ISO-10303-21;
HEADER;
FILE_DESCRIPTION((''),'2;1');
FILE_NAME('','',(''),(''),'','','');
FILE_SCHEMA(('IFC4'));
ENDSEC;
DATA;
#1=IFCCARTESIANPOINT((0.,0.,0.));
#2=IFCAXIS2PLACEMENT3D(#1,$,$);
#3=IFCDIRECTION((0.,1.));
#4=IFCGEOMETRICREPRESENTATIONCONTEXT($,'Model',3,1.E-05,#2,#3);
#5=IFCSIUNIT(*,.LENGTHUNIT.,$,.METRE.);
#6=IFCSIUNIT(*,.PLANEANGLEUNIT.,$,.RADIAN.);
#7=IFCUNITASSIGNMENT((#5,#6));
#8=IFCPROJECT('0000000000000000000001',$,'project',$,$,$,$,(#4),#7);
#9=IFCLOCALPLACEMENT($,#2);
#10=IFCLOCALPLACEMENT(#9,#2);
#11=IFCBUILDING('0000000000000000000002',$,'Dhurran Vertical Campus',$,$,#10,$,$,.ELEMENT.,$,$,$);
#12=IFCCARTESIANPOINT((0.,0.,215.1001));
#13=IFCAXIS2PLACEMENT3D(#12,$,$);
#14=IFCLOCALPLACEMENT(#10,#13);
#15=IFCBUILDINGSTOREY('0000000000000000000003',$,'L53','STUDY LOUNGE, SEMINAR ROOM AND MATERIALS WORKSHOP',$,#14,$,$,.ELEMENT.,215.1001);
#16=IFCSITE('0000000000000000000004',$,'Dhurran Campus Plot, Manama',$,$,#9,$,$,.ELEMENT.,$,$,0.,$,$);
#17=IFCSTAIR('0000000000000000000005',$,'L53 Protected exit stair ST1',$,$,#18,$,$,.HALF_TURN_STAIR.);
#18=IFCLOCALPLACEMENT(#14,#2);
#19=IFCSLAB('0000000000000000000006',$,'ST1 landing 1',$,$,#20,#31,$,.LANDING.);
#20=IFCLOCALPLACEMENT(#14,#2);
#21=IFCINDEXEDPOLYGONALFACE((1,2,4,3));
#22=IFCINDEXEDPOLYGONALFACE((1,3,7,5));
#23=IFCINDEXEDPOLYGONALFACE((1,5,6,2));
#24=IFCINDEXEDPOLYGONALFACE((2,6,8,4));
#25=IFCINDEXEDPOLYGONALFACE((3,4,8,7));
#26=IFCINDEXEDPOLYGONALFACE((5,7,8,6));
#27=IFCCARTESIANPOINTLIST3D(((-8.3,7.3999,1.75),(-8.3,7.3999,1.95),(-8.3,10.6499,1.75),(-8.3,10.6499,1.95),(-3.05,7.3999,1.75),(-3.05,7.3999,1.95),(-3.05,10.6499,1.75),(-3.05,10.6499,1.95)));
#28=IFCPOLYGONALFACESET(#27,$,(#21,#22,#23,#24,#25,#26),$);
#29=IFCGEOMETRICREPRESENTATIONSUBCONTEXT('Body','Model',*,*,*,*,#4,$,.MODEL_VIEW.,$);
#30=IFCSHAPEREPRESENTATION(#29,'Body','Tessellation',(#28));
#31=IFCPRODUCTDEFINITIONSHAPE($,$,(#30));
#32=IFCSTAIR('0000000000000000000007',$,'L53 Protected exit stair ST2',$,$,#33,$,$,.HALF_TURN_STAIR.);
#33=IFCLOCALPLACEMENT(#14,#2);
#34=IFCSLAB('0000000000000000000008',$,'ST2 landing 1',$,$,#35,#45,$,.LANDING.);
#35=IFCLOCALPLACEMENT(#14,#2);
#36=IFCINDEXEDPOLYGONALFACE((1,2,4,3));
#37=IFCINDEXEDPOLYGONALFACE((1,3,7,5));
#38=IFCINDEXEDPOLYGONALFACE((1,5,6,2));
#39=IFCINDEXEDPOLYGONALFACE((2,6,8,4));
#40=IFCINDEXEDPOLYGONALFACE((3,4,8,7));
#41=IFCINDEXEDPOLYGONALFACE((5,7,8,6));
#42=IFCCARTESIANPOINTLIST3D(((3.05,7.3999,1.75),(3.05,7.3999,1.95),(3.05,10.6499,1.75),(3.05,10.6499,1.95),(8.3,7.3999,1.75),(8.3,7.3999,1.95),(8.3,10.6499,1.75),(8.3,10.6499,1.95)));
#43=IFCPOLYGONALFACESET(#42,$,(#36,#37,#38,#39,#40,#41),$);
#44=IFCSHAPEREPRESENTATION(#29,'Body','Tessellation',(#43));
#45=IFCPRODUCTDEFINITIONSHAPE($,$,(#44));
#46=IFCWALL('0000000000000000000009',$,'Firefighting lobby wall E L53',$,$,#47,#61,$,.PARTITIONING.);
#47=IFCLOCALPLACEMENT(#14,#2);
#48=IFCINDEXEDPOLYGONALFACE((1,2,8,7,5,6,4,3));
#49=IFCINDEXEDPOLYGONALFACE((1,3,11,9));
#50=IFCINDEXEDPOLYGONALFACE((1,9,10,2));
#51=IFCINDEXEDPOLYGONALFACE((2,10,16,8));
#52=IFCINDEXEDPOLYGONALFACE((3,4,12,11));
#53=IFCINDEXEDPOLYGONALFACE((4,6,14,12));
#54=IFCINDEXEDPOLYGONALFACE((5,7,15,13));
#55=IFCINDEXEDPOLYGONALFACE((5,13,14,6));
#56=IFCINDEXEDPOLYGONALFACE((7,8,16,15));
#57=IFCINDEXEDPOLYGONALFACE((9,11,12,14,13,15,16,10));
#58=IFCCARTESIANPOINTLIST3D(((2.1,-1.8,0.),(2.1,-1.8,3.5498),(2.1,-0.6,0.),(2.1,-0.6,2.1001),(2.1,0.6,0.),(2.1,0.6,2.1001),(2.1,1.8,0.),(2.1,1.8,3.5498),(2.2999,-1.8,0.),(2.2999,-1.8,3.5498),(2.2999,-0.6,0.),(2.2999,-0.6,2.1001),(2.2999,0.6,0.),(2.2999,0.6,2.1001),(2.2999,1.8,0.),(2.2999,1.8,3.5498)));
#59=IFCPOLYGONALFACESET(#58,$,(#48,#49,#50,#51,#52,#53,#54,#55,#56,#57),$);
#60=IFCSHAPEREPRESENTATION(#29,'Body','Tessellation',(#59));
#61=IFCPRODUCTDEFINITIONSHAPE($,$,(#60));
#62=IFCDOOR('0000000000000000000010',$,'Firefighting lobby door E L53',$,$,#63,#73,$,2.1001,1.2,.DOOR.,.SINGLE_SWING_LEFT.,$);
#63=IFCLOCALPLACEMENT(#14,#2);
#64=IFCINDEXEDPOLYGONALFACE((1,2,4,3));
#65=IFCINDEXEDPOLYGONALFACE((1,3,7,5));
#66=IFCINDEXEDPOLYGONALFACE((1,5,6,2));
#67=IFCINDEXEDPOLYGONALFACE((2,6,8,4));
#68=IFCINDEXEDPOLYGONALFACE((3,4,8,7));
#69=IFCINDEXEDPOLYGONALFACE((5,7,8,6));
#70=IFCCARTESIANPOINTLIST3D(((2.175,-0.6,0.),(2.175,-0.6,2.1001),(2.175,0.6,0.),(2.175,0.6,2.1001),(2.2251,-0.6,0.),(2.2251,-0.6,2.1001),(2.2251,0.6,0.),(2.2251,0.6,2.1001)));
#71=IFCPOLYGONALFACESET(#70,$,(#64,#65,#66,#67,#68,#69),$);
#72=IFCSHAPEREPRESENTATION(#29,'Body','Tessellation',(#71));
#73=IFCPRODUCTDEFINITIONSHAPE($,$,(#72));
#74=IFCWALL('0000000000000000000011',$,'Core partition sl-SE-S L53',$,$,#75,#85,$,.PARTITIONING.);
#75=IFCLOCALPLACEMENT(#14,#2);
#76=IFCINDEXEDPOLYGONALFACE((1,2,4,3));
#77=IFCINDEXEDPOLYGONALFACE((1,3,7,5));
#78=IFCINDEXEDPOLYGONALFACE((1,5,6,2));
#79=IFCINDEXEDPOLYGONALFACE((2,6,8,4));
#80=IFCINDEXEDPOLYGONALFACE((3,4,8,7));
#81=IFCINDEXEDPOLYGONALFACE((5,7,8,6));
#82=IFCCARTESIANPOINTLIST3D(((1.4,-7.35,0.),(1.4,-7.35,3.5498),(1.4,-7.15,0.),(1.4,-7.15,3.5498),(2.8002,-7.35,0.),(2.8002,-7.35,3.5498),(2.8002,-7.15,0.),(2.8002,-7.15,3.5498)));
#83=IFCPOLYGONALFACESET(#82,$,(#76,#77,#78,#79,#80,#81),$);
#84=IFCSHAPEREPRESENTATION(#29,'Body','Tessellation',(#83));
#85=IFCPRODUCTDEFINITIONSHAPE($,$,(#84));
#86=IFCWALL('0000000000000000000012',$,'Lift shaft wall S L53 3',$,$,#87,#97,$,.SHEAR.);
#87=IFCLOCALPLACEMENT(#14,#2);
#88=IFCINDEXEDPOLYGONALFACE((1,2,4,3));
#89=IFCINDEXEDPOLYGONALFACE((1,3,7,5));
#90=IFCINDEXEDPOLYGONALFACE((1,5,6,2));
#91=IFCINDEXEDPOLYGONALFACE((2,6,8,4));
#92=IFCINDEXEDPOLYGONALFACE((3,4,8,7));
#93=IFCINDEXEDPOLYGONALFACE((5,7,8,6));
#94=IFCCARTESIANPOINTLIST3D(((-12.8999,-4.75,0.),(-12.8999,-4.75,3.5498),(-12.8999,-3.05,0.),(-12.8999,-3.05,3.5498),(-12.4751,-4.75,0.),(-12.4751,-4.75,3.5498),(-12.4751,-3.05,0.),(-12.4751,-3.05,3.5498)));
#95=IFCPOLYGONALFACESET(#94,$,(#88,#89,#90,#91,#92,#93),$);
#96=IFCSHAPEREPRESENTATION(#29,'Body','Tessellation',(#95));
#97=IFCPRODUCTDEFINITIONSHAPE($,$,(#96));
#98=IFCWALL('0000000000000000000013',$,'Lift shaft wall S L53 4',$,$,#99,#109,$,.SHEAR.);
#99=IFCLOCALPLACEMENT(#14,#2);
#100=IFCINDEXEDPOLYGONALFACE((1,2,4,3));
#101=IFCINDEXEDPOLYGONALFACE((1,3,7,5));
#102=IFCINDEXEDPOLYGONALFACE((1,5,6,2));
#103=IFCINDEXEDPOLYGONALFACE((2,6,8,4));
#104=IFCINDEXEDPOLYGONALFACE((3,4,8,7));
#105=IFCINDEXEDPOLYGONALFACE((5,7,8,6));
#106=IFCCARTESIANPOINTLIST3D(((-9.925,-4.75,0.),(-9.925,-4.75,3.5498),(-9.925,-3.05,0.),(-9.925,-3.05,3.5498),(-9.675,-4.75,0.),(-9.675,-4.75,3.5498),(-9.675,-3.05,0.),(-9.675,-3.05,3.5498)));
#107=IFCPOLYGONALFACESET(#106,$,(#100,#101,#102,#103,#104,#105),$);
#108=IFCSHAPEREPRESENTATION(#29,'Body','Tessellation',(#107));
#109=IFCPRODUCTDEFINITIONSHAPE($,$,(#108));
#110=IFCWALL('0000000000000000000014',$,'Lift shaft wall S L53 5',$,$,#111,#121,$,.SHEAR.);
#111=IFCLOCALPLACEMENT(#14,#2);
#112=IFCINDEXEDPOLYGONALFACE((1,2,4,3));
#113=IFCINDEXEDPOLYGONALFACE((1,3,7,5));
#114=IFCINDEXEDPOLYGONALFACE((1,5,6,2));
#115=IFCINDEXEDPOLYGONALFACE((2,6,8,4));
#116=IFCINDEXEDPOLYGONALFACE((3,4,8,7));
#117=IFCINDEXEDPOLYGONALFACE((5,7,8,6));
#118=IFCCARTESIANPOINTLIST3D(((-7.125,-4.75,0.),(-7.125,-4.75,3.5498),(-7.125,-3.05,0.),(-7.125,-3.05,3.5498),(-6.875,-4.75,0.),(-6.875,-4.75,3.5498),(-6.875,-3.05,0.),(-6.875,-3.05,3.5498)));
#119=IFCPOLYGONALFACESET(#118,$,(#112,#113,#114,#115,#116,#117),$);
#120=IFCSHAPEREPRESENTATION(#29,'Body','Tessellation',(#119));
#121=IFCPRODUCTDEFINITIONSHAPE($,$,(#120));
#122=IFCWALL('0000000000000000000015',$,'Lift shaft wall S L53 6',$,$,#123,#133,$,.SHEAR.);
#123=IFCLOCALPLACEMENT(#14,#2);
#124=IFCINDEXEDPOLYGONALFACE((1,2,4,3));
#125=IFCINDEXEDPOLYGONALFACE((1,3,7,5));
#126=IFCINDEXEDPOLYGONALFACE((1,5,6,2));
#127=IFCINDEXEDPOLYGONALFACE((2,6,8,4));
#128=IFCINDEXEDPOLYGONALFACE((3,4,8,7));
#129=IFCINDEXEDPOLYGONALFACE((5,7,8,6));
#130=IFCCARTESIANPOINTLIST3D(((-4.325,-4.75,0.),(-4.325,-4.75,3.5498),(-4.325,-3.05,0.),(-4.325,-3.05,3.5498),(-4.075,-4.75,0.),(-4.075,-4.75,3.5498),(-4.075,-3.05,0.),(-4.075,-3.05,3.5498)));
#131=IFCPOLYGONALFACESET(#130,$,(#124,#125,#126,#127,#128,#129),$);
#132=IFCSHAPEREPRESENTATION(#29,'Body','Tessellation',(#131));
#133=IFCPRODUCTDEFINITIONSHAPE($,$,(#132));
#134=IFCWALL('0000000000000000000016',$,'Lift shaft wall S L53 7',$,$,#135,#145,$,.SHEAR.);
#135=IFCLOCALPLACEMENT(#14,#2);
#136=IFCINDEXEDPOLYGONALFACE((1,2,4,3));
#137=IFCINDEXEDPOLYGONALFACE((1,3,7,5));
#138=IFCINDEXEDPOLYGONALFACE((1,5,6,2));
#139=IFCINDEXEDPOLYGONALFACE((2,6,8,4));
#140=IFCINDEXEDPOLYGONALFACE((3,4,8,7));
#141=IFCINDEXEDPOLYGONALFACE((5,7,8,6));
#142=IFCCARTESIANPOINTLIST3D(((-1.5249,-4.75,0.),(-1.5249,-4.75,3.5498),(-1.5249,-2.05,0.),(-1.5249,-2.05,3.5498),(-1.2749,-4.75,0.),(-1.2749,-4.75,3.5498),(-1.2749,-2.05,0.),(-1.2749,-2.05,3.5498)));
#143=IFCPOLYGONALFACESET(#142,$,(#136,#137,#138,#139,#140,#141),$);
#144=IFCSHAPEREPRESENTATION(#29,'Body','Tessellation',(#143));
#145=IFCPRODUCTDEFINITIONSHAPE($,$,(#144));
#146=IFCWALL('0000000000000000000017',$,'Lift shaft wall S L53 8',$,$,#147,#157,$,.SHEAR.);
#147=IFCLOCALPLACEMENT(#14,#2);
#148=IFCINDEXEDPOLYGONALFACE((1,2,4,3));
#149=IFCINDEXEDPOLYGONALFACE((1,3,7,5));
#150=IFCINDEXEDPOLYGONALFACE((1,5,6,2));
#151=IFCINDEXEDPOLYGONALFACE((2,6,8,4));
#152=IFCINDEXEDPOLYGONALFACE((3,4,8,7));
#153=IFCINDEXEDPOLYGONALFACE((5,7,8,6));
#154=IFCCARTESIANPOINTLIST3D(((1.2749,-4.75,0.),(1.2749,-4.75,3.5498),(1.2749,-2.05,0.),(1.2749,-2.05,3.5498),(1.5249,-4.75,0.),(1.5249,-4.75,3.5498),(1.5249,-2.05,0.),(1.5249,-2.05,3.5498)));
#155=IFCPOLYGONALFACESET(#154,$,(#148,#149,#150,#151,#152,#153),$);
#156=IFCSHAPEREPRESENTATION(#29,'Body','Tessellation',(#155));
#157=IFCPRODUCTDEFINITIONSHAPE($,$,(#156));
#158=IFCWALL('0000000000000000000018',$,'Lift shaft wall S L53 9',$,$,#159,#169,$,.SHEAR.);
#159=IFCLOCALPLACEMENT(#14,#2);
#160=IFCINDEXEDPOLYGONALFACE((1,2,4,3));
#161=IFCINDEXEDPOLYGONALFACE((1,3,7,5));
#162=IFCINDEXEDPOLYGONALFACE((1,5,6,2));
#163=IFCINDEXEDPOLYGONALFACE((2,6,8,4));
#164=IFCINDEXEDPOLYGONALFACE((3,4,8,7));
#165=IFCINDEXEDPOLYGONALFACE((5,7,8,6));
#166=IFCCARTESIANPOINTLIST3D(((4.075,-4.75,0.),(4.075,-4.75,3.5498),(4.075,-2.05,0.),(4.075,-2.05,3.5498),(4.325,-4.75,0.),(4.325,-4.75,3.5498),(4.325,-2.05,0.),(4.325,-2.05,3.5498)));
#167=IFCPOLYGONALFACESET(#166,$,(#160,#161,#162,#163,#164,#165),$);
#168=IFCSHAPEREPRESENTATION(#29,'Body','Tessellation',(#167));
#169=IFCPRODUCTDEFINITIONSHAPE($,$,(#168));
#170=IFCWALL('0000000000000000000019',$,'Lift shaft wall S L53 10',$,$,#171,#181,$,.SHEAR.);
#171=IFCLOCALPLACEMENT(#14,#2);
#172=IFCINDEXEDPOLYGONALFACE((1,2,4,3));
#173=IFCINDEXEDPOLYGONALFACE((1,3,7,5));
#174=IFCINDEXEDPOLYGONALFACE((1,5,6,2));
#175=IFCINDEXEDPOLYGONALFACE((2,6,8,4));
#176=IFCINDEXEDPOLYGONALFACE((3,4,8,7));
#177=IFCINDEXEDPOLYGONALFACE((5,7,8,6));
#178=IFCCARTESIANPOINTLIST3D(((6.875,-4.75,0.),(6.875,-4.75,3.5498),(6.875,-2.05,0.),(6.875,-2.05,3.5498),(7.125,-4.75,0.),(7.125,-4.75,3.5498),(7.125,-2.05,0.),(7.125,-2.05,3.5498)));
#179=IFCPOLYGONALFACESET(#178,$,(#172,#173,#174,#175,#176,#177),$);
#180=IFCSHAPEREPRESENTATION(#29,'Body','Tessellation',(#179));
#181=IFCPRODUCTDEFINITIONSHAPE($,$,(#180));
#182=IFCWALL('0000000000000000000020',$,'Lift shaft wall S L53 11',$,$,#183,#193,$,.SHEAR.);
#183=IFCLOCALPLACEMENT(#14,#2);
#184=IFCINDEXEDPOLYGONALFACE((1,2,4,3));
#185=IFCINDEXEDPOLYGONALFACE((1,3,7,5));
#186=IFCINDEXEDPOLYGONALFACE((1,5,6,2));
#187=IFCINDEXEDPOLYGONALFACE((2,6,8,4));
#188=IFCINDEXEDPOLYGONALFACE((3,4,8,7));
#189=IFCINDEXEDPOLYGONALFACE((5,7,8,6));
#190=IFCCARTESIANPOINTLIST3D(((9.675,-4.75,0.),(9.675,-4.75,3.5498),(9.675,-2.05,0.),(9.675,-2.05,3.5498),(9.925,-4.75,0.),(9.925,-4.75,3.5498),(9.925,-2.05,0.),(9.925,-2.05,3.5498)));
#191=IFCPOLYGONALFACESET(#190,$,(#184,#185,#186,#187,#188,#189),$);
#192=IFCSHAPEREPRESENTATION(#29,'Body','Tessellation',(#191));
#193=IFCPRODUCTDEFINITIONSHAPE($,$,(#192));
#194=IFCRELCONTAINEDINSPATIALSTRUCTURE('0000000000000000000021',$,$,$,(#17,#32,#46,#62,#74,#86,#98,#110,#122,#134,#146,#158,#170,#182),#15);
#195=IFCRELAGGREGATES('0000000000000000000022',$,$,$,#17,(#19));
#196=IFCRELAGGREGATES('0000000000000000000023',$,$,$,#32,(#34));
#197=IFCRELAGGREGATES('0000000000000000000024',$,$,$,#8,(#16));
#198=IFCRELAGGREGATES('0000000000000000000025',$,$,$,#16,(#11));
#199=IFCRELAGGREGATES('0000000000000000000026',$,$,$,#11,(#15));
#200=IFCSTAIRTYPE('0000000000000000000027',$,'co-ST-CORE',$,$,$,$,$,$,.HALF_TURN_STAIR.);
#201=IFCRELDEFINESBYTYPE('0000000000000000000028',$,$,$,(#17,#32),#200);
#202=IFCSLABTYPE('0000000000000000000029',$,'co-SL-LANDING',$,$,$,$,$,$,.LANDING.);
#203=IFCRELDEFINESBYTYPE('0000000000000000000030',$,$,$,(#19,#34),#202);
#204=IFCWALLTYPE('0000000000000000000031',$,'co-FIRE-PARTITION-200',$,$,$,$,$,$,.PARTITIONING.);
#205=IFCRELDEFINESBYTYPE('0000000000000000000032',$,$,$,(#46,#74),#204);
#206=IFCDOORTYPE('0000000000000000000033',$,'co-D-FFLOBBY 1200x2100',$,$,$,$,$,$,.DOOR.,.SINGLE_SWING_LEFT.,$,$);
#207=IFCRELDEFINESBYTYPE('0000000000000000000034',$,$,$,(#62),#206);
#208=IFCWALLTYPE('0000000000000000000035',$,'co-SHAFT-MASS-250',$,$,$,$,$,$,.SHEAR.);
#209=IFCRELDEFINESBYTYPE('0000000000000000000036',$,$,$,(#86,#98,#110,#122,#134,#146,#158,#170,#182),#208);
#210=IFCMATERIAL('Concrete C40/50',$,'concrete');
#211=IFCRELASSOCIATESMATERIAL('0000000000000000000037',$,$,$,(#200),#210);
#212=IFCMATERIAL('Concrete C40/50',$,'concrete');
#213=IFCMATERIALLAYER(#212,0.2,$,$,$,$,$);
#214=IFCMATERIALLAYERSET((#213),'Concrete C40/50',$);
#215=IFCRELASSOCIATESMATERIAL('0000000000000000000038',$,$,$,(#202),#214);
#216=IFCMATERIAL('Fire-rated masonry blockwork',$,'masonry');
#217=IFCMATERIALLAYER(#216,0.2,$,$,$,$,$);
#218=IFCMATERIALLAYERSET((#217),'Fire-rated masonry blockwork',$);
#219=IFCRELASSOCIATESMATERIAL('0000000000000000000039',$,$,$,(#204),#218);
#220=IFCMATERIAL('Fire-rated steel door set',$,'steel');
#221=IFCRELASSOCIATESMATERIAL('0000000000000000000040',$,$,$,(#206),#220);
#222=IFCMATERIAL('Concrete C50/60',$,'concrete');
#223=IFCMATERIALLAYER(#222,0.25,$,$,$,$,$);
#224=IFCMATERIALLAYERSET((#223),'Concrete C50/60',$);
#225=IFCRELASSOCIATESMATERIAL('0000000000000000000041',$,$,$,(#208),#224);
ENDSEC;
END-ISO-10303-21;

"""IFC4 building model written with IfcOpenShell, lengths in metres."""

from ifc_helpers import new_model, si_unit, direction, frame, frame_2d, origin, place, context, subcontext, project, spatial, polyline, rectangle, outline, extrude, material, layer, layer_set, type_object, element, fill, aggregate, save


model = new_model("IFC4")

# Units and contexts
model_context = context("Model", 3, precision=1e-05, world=origin(), true_north=direction((0.0, 1.0)))
body_context = subcontext(model_context, "Body", "Model", "MODEL_VIEW")
ifc_project = project(units=[si_unit("LENGTHUNIT", "METRE"), si_unit("PLANEANGLEUNIT", "RADIAN")], contexts=[model_context])

# Site, building, storey
site_placement = place(None, origin())
site = spatial("IfcSite", under=ifc_project, at=site_placement, Name="Dhurran Campus Plot, Manama", CompositionType="ELEMENT", RefElevation=0.0)
building_placement = place(site_placement, origin())
building = spatial("IfcBuilding", under=site, at=building_placement, Name="Dhurran Vertical Campus", CompositionType="ELEMENT")
storey_placement = place(building_placement, frame((0.0, 0.0, 215.1001)))
storey = spatial("IfcBuildingStorey", under=building, at=storey_placement, Name="L53", Description="STUDY LOUNGE, SEMINAR ROOM AND MATERIALS WORKSHOP", CompositionType="ELEMENT", Elevation=215.1001)

# Stairs, slabs
ifc_material_1 = material(Name="Concrete C40/50", Category="concrete")
stair_type = type_object("IfcStairType", Name="co-ST-CORE", PredefinedType="HALF_TURN_STAIR", material=ifc_material_1)
stair_1_placement = place(storey_placement, origin())
stair_1 = element("IfcStair", 1, at=stair_1_placement, inside=storey, type_object=stair_type, Name="L53 Protected exit stair ST1", PredefinedType="HALF_TURN_STAIR")
ifc_material_2 = material(Name="Concrete C40/50", Category="concrete")
ifc_layer_1 = layer(ifc_material_2, 0.2)
ifc_layer_set_1 = layer_set([ifc_layer_1], Name="Concrete C40/50")
slab_type = type_object("IfcSlabType", Name="co-SL-LANDING", PredefinedType="LANDING", material=ifc_layer_set_1)
slab_1_placement = place(storey_placement, frame((0.0, 0.0, 1.75)))
slab_1 = element("IfcSlab", 2, at=slab_1_placement, type_object=slab_type, Name="ST1 landing 1", PredefinedType="LANDING", context=body_context, shape_type="SweptSolid", body=[
    extrude(outline(polyline([(-8.3, 7.3999), (-3.05, 7.3999), (-3.05, 10.6499), (-8.3, 10.6499), (-8.3, 7.3999)])), origin(), (0.0, 0.0, 1.0), 0.2),
])
aggregate(stair_1, [slab_1])
stair_2_placement = place(storey_placement, origin())
stair_2 = element("IfcStair", 3, at=stair_2_placement, inside=storey, type_object=stair_type, Name="L53 Protected exit stair ST2", PredefinedType="HALF_TURN_STAIR")
slab_2_placement = place(storey_placement, frame((0.0, 0.0, 1.75)))
slab_2 = element("IfcSlab", 4, at=slab_2_placement, type_object=slab_type, Name="ST2 landing 1", PredefinedType="LANDING", context=body_context, shape_type="SweptSolid", body=[
    extrude(outline(polyline([(8.3, 10.6499), (3.05, 10.6499), (3.05, 7.3999), (8.3, 7.3999), (8.3, 10.6499)])), origin(), (0.0, 0.0, 1.0), 0.2),
])
aggregate(stair_2, [slab_2])

# Wall, opening, door
ifc_material_3 = material(Name="Fire-rated masonry blockwork", Category="masonry")
ifc_layer_2 = layer(ifc_material_3, 0.2)
ifc_layer_set_2 = layer_set([ifc_layer_2], Name="Fire-rated masonry blockwork")
wall_type_1 = type_object("IfcWallType", Name="co-FIRE-PARTITION-200", PredefinedType="PARTITIONING", material=ifc_layer_set_2)
wall_1_placement = place(storey_placement, frame((2.2, -1.8, 0.0), z_axis=(0.0, 0.0, 1.0), x_axis=(0.0, 1.0, 0.0)))
wall_1 = element("IfcWall", 5, at=wall_1_placement, inside=storey, type_object=wall_type_1, Name="Firefighting lobby wall E L53", PredefinedType="PARTITIONING", context=body_context, shape_type="SweptSolid", body=[
    extrude(rectangle(XDim=3.6001, YDim=0.2, at=frame_2d((1.8, 0.0))), origin(), (0.0, 0.0, 1.0), 3.5498),
])
opening_1_placement = place(wall_1_placement, frame((1.2, 0.0, 0.0)))
opening_1 = element("IfcOpeningElement", 6, at=opening_1_placement, cuts=wall_1, PredefinedType="OPENING", context=body_context, shape_type="SweptSolid", body=[
    extrude(rectangle(XDim=1.2, YDim=2.1001, at=frame_2d((0.6001, 1.05))), frame((0.0, 0.1099, 0.0), z_axis=(0.0, -1.0, 0.0), x_axis=(1.0, 0.0, 0.0)), (0.0, 0.0, 1.0), 0.22),
])
ifc_material_4 = material(Name="Fire-rated steel door set", Category="steel")
door_type_1 = type_object("IfcDoorType", Name="co-D-FFLOBBY 1200x2100", OperationType="SINGLE_SWING_LEFT", PredefinedType="DOOR", material=ifc_material_4)
door_1_placement = place(opening_1_placement, origin())
door_1 = element("IfcDoor", 7, at=door_1_placement, inside=storey, type_object=door_type_1, Name="Firefighting lobby door E L53", OperationType="SINGLE_SWING_LEFT", OverallHeight=2.1001, OverallWidth=1.2, PredefinedType="DOOR", context=body_context, shape_type="SweptSolid", body=[
    extrude(rectangle(XDim=1.2, YDim=2.1001, at=frame_2d((0.6001, 1.05))), frame((0.0, 0.0249, 0.0), z_axis=(0.0, -1.0, 0.0), x_axis=(1.0, 0.0, 0.0)), (0.0, 0.0, 1.0), 0.05),
])
fill(opening_1, door_1)

# Walls
wall_2_placement = place(storey_placement, frame((1.3999, -7.25, 0.0), z_axis=(0.0, 0.0, 1.0), x_axis=(1.0, 0.0, 0.0)))
element("IfcWall", 8, at=wall_2_placement, inside=storey, type_object=wall_type_1, Name="Core partition sl-SE-S L53", PredefinedType="PARTITIONING", context=body_context, shape_type="SweptSolid", body=[
    extrude(rectangle(XDim=1.4001, YDim=0.2, at=frame_2d((0.7002, 0.0))), origin(), (0.0, 0.0, 1.0), 3.5498),
])
ifc_material_5 = material(Name="Concrete C50/60", Category="concrete")
ifc_layer_3 = layer(ifc_material_5, 0.25)
ifc_layer_set_3 = layer_set([ifc_layer_3], Name="Concrete C50/60")
wall_type_2 = type_object("IfcWallType", Name="co-SHAFT-MASS-250", PredefinedType="SHEAR", material=ifc_layer_set_3)
wall_3_placement = place(storey_placement, origin())
element("IfcWall", 9, at=wall_3_placement, inside=storey, type_object=wall_type_2, Name="Lift shaft wall S L53 3", PredefinedType="SHEAR", context=body_context, shape_type="SweptSolid", body=[
    extrude(outline(polyline([(-12.8999, -4.75), (-12.4751, -4.75), (-12.4751, -3.05), (-12.8999, -3.05), (-12.8999, -4.75)])), origin(), (0.0, 0.0, 1.0), 3.5498),
])
wall_4_placement = place(storey_placement, origin())
element("IfcWall", 10, at=wall_4_placement, inside=storey, type_object=wall_type_2, Name="Lift shaft wall S L53 4", PredefinedType="SHEAR", context=body_context, shape_type="SweptSolid", body=[
    extrude(outline(polyline([(-9.925, -4.75), (-9.675, -4.75), (-9.675, -3.05), (-9.925, -3.05), (-9.925, -4.75)])), origin(), (0.0, 0.0, 1.0), 3.5498),
])
wall_5_placement = place(storey_placement, origin())
element("IfcWall", 11, at=wall_5_placement, inside=storey, type_object=wall_type_2, Name="Lift shaft wall S L53 5", PredefinedType="SHEAR", context=body_context, shape_type="SweptSolid", body=[
    extrude(outline(polyline([(-7.125, -4.75), (-6.875, -4.75), (-6.875, -3.05), (-7.125, -3.05), (-7.125, -4.75)])), origin(), (0.0, 0.0, 1.0), 3.5498),
])
wall_6_placement = place(storey_placement, origin())
element("IfcWall", 12, at=wall_6_placement, inside=storey, type_object=wall_type_2, Name="Lift shaft wall S L53 6", PredefinedType="SHEAR", context=body_context, shape_type="SweptSolid", body=[
    extrude(outline(polyline([(-4.325, -4.75), (-4.075, -4.75), (-4.075, -3.05), (-4.325, -3.05), (-4.325, -4.75)])), origin(), (0.0, 0.0, 1.0), 3.5498),
])
wall_7_placement = place(storey_placement, origin())
element("IfcWall", 13, at=wall_7_placement, inside=storey, type_object=wall_type_2, Name="Lift shaft wall S L53 7", PredefinedType="SHEAR", context=body_context, shape_type="SweptSolid", body=[
    extrude(outline(polyline([(-1.5249, -4.75), (-1.2749, -4.75), (-1.2749, -2.05), (-1.5249, -2.05), (-1.5249, -4.75)])), origin(), (0.0, 0.0, 1.0), 3.5498),
])
wall_8_placement = place(storey_placement, origin())
element("IfcWall", 14, at=wall_8_placement, inside=storey, type_object=wall_type_2, Name="Lift shaft wall S L53 8", PredefinedType="SHEAR", context=body_context, shape_type="SweptSolid", body=[
    extrude(outline(polyline([(1.2749, -4.75), (1.5249, -4.75), (1.5249, -2.05), (1.2749, -2.05), (1.2749, -4.75)])), origin(), (0.0, 0.0, 1.0), 3.5498),
])
wall_9_placement = place(storey_placement, origin())
element("IfcWall", 15, at=wall_9_placement, inside=storey, type_object=wall_type_2, Name="Lift shaft wall S L53 9", PredefinedType="SHEAR", context=body_context, shape_type="SweptSolid", body=[
    extrude(outline(polyline([(4.075, -4.75), (4.325, -4.75), (4.325, -2.05), (4.075, -2.05), (4.075, -4.75)])), origin(), (0.0, 0.0, 1.0), 3.5498),
])
wall_10_placement = place(storey_placement, origin())
element("IfcWall", 16, at=wall_10_placement, inside=storey, type_object=wall_type_2, Name="Lift shaft wall S L53 10", PredefinedType="SHEAR", context=body_context, shape_type="SweptSolid", body=[
    extrude(outline(polyline([(6.875, -4.75), (7.125, -4.75), (7.125, -2.05), (6.875, -2.05), (6.875, -4.75)])), origin(), (0.0, 0.0, 1.0), 3.5498),
])
wall_11_placement = place(storey_placement, origin())
element("IfcWall", 17, at=wall_11_placement, inside=storey, type_object=wall_type_2, Name="Lift shaft wall S L53 11", PredefinedType="SHEAR", context=body_context, shape_type="SweptSolid", body=[
    extrude(outline(polyline([(9.675, -4.75), (9.925, -4.75), (9.925, -2.05), (9.675, -2.05), (9.675, -4.75)])), origin(), (0.0, 0.0, 1.0), 3.5498),
])

save(model, "model.ifc")
